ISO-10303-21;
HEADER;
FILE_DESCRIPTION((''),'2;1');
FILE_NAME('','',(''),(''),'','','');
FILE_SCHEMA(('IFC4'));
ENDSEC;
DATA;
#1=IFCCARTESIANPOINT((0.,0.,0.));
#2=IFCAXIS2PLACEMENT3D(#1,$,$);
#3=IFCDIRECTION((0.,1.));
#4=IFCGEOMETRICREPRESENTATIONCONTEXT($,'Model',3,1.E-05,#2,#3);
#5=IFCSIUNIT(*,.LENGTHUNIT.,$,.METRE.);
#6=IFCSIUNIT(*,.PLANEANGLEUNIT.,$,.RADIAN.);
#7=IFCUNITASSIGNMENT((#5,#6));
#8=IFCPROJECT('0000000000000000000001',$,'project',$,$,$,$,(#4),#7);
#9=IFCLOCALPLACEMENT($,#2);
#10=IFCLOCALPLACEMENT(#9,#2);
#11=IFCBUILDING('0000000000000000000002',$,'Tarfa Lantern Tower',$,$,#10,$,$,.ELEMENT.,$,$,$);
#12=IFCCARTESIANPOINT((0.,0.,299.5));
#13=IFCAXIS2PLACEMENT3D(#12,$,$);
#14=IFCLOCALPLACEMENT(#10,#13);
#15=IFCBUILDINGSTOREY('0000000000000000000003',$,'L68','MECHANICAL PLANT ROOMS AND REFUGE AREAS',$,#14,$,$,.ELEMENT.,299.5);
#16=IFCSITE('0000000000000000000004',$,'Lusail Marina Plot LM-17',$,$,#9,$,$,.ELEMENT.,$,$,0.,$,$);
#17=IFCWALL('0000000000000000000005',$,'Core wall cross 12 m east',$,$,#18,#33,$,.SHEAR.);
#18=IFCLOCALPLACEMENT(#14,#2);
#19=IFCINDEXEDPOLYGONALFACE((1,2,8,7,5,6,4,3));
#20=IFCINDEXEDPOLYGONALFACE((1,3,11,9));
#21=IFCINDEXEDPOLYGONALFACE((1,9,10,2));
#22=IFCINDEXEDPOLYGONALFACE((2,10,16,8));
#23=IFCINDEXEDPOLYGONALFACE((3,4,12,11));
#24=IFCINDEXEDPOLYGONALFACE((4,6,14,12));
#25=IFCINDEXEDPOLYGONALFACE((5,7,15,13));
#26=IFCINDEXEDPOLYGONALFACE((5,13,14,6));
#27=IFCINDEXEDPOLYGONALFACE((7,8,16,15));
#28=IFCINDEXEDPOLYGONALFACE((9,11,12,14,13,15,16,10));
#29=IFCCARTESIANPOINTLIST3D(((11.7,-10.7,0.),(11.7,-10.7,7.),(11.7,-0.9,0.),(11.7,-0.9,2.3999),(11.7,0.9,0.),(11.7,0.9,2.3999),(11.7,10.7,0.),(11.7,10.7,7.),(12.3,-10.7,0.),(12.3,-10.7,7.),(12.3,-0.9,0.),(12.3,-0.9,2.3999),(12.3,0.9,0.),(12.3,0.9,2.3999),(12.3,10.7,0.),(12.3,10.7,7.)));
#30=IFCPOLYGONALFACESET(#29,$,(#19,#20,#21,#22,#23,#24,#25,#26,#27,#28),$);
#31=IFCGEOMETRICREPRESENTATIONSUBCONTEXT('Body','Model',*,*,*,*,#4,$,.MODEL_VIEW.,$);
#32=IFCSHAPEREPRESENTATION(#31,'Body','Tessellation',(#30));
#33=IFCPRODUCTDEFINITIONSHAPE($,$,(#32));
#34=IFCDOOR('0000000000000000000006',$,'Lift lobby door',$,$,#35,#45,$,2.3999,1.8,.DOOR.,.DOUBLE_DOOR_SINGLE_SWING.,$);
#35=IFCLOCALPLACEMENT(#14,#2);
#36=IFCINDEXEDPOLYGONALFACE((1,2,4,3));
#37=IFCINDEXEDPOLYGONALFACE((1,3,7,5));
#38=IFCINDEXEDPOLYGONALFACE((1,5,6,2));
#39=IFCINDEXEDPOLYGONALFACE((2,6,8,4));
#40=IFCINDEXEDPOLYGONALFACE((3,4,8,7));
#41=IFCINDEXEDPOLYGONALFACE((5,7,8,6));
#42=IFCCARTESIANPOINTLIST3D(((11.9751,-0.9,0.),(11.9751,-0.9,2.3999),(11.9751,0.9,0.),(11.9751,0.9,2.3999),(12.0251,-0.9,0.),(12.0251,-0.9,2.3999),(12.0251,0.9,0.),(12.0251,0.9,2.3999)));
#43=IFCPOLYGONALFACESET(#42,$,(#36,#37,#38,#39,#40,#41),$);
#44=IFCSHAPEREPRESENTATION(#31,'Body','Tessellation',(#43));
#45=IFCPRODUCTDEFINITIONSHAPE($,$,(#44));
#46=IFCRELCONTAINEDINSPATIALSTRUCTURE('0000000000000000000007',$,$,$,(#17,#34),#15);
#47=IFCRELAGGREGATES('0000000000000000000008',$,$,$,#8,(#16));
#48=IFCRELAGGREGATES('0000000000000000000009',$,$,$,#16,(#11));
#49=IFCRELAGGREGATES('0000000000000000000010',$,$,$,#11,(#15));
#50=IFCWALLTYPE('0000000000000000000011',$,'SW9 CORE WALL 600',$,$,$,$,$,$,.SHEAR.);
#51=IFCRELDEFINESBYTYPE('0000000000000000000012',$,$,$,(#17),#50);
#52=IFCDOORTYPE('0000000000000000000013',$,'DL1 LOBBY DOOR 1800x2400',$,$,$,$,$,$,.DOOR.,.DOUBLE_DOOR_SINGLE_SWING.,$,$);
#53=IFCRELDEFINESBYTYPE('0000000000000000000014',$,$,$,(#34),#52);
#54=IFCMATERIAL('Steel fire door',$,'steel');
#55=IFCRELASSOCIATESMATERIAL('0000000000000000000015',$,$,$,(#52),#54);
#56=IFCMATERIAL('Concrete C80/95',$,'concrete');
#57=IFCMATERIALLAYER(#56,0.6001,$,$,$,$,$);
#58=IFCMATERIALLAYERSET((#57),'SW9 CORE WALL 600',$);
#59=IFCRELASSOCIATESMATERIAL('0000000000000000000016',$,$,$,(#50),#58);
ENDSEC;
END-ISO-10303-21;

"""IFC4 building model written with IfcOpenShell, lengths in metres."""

from ifc_helpers import new_model, si_unit, direction, frame, frame_2d, origin, place, context, subcontext, project, spatial, rectangle, extrude, material, layer, layer_set, type_object, element, fill, save


model = new_model("IFC4")

# Units and contexts
model_context = context("Model", 3, precision=1e-05, world=origin(), true_north=direction((0.0, 1.0)))
body_context = subcontext(model_context, "Body", "Model", "MODEL_VIEW")
ifc_project = project(units=[si_unit("LENGTHUNIT", "METRE"), si_unit("PLANEANGLEUNIT", "RADIAN")], contexts=[model_context])

# Site, building, storey
site_placement = place(None, origin())
site = spatial("IfcSite", under=ifc_project, at=site_placement, Name="Lusail Marina Plot LM-17", CompositionType="ELEMENT", RefElevation=0.0)
building_placement = place(site_placement, origin())
building = spatial("IfcBuilding", under=site, at=building_placement, Name="Tarfa Lantern Tower", CompositionType="ELEMENT")
storey_placement = place(building_placement, frame((0.0, 0.0, 299.5)))
storey = spatial("IfcBuildingStorey", under=building, at=storey_placement, Name="L68", Description="MECHANICAL PLANT ROOMS AND REFUGE AREAS", CompositionType="ELEMENT", Elevation=299.5)

# Shared definitions
ifc_material_1 = material(Name="Concrete C80/95", Category="concrete")

# Shared definitions
ifc_material_2 = material(Name="Steel fire door", Category="steel")
door_type_1 = type_object("IfcDoorType", Name="DL1 LOBBY DOOR 1800x2400", OperationType="DOUBLE_DOOR_SINGLE_SWING", PredefinedType="DOOR", material=ifc_material_2)

# Wall, opening, door
ifc_layer_1 = layer(ifc_material_1, 0.6001)
ifc_layer_set_1 = layer_set([ifc_layer_1], Name="SW9 CORE WALL 600")
wall_type_1 = type_object("IfcWallType", Name="SW9 CORE WALL 600", PredefinedType="SHEAR", material=ifc_layer_set_1)
wall_1_placement = place(storey_placement, frame((12.0, -10.7, 0.0), z_axis=(0.0, 0.0, 1.0), x_axis=(0.0, 1.0, 0.0)))
wall_1 = element("IfcWall", 1, at=wall_1_placement, inside=storey, type_object=wall_type_1, Name="Core wall cross 12 m east", PredefinedType="SHEAR", context=body_context, shape_type="SweptSolid", body=[
    extrude(rectangle(XDim=21.3999, YDim=0.6001, at=frame_2d((10.7, 0.0))), origin(), (0.0, 0.0, 1.0), 7.0),
])
opening_1_placement = place(wall_1_placement, frame((9.8, 0.0, 0.0)))
opening_1 = element("IfcOpeningElement", 2, at=opening_1_placement, cuts=wall_1, PredefinedType="OPENING", context=body_context, shape_type="SweptSolid", body=[
    extrude(rectangle(XDim=1.8, YDim=2.3999, at=frame_2d((0.8999, 1.2))), frame((0.0, 0.3101, 0.0), z_axis=(0.0, -1.0, 0.0), x_axis=(1.0, 0.0, 0.0)), (0.0, 0.0, 1.0), 0.6201),
])
door_1_placement = place(opening_1_placement, origin())
door_1 = element("IfcDoor", 3, at=door_1_placement, inside=storey, type_object=door_type_1, Name="Lift lobby door", OperationType="DOUBLE_DOOR_SINGLE_SWING", OverallHeight=2.3999, OverallWidth=1.8, PredefinedType="DOOR", context=body_context, shape_type="SweptSolid", body=[
    extrude(rectangle(XDim=1.8, YDim=2.3999, at=frame_2d((0.8999, 1.2))), frame((0.0, 0.0249, 0.0), z_axis=(0.0, -1.0, 0.0), x_axis=(1.0, 0.0, 0.0)), (0.0, 0.0, 1.0), 0.05),
])
fill(opening_1, door_1)

save(model, "model.ifc")
